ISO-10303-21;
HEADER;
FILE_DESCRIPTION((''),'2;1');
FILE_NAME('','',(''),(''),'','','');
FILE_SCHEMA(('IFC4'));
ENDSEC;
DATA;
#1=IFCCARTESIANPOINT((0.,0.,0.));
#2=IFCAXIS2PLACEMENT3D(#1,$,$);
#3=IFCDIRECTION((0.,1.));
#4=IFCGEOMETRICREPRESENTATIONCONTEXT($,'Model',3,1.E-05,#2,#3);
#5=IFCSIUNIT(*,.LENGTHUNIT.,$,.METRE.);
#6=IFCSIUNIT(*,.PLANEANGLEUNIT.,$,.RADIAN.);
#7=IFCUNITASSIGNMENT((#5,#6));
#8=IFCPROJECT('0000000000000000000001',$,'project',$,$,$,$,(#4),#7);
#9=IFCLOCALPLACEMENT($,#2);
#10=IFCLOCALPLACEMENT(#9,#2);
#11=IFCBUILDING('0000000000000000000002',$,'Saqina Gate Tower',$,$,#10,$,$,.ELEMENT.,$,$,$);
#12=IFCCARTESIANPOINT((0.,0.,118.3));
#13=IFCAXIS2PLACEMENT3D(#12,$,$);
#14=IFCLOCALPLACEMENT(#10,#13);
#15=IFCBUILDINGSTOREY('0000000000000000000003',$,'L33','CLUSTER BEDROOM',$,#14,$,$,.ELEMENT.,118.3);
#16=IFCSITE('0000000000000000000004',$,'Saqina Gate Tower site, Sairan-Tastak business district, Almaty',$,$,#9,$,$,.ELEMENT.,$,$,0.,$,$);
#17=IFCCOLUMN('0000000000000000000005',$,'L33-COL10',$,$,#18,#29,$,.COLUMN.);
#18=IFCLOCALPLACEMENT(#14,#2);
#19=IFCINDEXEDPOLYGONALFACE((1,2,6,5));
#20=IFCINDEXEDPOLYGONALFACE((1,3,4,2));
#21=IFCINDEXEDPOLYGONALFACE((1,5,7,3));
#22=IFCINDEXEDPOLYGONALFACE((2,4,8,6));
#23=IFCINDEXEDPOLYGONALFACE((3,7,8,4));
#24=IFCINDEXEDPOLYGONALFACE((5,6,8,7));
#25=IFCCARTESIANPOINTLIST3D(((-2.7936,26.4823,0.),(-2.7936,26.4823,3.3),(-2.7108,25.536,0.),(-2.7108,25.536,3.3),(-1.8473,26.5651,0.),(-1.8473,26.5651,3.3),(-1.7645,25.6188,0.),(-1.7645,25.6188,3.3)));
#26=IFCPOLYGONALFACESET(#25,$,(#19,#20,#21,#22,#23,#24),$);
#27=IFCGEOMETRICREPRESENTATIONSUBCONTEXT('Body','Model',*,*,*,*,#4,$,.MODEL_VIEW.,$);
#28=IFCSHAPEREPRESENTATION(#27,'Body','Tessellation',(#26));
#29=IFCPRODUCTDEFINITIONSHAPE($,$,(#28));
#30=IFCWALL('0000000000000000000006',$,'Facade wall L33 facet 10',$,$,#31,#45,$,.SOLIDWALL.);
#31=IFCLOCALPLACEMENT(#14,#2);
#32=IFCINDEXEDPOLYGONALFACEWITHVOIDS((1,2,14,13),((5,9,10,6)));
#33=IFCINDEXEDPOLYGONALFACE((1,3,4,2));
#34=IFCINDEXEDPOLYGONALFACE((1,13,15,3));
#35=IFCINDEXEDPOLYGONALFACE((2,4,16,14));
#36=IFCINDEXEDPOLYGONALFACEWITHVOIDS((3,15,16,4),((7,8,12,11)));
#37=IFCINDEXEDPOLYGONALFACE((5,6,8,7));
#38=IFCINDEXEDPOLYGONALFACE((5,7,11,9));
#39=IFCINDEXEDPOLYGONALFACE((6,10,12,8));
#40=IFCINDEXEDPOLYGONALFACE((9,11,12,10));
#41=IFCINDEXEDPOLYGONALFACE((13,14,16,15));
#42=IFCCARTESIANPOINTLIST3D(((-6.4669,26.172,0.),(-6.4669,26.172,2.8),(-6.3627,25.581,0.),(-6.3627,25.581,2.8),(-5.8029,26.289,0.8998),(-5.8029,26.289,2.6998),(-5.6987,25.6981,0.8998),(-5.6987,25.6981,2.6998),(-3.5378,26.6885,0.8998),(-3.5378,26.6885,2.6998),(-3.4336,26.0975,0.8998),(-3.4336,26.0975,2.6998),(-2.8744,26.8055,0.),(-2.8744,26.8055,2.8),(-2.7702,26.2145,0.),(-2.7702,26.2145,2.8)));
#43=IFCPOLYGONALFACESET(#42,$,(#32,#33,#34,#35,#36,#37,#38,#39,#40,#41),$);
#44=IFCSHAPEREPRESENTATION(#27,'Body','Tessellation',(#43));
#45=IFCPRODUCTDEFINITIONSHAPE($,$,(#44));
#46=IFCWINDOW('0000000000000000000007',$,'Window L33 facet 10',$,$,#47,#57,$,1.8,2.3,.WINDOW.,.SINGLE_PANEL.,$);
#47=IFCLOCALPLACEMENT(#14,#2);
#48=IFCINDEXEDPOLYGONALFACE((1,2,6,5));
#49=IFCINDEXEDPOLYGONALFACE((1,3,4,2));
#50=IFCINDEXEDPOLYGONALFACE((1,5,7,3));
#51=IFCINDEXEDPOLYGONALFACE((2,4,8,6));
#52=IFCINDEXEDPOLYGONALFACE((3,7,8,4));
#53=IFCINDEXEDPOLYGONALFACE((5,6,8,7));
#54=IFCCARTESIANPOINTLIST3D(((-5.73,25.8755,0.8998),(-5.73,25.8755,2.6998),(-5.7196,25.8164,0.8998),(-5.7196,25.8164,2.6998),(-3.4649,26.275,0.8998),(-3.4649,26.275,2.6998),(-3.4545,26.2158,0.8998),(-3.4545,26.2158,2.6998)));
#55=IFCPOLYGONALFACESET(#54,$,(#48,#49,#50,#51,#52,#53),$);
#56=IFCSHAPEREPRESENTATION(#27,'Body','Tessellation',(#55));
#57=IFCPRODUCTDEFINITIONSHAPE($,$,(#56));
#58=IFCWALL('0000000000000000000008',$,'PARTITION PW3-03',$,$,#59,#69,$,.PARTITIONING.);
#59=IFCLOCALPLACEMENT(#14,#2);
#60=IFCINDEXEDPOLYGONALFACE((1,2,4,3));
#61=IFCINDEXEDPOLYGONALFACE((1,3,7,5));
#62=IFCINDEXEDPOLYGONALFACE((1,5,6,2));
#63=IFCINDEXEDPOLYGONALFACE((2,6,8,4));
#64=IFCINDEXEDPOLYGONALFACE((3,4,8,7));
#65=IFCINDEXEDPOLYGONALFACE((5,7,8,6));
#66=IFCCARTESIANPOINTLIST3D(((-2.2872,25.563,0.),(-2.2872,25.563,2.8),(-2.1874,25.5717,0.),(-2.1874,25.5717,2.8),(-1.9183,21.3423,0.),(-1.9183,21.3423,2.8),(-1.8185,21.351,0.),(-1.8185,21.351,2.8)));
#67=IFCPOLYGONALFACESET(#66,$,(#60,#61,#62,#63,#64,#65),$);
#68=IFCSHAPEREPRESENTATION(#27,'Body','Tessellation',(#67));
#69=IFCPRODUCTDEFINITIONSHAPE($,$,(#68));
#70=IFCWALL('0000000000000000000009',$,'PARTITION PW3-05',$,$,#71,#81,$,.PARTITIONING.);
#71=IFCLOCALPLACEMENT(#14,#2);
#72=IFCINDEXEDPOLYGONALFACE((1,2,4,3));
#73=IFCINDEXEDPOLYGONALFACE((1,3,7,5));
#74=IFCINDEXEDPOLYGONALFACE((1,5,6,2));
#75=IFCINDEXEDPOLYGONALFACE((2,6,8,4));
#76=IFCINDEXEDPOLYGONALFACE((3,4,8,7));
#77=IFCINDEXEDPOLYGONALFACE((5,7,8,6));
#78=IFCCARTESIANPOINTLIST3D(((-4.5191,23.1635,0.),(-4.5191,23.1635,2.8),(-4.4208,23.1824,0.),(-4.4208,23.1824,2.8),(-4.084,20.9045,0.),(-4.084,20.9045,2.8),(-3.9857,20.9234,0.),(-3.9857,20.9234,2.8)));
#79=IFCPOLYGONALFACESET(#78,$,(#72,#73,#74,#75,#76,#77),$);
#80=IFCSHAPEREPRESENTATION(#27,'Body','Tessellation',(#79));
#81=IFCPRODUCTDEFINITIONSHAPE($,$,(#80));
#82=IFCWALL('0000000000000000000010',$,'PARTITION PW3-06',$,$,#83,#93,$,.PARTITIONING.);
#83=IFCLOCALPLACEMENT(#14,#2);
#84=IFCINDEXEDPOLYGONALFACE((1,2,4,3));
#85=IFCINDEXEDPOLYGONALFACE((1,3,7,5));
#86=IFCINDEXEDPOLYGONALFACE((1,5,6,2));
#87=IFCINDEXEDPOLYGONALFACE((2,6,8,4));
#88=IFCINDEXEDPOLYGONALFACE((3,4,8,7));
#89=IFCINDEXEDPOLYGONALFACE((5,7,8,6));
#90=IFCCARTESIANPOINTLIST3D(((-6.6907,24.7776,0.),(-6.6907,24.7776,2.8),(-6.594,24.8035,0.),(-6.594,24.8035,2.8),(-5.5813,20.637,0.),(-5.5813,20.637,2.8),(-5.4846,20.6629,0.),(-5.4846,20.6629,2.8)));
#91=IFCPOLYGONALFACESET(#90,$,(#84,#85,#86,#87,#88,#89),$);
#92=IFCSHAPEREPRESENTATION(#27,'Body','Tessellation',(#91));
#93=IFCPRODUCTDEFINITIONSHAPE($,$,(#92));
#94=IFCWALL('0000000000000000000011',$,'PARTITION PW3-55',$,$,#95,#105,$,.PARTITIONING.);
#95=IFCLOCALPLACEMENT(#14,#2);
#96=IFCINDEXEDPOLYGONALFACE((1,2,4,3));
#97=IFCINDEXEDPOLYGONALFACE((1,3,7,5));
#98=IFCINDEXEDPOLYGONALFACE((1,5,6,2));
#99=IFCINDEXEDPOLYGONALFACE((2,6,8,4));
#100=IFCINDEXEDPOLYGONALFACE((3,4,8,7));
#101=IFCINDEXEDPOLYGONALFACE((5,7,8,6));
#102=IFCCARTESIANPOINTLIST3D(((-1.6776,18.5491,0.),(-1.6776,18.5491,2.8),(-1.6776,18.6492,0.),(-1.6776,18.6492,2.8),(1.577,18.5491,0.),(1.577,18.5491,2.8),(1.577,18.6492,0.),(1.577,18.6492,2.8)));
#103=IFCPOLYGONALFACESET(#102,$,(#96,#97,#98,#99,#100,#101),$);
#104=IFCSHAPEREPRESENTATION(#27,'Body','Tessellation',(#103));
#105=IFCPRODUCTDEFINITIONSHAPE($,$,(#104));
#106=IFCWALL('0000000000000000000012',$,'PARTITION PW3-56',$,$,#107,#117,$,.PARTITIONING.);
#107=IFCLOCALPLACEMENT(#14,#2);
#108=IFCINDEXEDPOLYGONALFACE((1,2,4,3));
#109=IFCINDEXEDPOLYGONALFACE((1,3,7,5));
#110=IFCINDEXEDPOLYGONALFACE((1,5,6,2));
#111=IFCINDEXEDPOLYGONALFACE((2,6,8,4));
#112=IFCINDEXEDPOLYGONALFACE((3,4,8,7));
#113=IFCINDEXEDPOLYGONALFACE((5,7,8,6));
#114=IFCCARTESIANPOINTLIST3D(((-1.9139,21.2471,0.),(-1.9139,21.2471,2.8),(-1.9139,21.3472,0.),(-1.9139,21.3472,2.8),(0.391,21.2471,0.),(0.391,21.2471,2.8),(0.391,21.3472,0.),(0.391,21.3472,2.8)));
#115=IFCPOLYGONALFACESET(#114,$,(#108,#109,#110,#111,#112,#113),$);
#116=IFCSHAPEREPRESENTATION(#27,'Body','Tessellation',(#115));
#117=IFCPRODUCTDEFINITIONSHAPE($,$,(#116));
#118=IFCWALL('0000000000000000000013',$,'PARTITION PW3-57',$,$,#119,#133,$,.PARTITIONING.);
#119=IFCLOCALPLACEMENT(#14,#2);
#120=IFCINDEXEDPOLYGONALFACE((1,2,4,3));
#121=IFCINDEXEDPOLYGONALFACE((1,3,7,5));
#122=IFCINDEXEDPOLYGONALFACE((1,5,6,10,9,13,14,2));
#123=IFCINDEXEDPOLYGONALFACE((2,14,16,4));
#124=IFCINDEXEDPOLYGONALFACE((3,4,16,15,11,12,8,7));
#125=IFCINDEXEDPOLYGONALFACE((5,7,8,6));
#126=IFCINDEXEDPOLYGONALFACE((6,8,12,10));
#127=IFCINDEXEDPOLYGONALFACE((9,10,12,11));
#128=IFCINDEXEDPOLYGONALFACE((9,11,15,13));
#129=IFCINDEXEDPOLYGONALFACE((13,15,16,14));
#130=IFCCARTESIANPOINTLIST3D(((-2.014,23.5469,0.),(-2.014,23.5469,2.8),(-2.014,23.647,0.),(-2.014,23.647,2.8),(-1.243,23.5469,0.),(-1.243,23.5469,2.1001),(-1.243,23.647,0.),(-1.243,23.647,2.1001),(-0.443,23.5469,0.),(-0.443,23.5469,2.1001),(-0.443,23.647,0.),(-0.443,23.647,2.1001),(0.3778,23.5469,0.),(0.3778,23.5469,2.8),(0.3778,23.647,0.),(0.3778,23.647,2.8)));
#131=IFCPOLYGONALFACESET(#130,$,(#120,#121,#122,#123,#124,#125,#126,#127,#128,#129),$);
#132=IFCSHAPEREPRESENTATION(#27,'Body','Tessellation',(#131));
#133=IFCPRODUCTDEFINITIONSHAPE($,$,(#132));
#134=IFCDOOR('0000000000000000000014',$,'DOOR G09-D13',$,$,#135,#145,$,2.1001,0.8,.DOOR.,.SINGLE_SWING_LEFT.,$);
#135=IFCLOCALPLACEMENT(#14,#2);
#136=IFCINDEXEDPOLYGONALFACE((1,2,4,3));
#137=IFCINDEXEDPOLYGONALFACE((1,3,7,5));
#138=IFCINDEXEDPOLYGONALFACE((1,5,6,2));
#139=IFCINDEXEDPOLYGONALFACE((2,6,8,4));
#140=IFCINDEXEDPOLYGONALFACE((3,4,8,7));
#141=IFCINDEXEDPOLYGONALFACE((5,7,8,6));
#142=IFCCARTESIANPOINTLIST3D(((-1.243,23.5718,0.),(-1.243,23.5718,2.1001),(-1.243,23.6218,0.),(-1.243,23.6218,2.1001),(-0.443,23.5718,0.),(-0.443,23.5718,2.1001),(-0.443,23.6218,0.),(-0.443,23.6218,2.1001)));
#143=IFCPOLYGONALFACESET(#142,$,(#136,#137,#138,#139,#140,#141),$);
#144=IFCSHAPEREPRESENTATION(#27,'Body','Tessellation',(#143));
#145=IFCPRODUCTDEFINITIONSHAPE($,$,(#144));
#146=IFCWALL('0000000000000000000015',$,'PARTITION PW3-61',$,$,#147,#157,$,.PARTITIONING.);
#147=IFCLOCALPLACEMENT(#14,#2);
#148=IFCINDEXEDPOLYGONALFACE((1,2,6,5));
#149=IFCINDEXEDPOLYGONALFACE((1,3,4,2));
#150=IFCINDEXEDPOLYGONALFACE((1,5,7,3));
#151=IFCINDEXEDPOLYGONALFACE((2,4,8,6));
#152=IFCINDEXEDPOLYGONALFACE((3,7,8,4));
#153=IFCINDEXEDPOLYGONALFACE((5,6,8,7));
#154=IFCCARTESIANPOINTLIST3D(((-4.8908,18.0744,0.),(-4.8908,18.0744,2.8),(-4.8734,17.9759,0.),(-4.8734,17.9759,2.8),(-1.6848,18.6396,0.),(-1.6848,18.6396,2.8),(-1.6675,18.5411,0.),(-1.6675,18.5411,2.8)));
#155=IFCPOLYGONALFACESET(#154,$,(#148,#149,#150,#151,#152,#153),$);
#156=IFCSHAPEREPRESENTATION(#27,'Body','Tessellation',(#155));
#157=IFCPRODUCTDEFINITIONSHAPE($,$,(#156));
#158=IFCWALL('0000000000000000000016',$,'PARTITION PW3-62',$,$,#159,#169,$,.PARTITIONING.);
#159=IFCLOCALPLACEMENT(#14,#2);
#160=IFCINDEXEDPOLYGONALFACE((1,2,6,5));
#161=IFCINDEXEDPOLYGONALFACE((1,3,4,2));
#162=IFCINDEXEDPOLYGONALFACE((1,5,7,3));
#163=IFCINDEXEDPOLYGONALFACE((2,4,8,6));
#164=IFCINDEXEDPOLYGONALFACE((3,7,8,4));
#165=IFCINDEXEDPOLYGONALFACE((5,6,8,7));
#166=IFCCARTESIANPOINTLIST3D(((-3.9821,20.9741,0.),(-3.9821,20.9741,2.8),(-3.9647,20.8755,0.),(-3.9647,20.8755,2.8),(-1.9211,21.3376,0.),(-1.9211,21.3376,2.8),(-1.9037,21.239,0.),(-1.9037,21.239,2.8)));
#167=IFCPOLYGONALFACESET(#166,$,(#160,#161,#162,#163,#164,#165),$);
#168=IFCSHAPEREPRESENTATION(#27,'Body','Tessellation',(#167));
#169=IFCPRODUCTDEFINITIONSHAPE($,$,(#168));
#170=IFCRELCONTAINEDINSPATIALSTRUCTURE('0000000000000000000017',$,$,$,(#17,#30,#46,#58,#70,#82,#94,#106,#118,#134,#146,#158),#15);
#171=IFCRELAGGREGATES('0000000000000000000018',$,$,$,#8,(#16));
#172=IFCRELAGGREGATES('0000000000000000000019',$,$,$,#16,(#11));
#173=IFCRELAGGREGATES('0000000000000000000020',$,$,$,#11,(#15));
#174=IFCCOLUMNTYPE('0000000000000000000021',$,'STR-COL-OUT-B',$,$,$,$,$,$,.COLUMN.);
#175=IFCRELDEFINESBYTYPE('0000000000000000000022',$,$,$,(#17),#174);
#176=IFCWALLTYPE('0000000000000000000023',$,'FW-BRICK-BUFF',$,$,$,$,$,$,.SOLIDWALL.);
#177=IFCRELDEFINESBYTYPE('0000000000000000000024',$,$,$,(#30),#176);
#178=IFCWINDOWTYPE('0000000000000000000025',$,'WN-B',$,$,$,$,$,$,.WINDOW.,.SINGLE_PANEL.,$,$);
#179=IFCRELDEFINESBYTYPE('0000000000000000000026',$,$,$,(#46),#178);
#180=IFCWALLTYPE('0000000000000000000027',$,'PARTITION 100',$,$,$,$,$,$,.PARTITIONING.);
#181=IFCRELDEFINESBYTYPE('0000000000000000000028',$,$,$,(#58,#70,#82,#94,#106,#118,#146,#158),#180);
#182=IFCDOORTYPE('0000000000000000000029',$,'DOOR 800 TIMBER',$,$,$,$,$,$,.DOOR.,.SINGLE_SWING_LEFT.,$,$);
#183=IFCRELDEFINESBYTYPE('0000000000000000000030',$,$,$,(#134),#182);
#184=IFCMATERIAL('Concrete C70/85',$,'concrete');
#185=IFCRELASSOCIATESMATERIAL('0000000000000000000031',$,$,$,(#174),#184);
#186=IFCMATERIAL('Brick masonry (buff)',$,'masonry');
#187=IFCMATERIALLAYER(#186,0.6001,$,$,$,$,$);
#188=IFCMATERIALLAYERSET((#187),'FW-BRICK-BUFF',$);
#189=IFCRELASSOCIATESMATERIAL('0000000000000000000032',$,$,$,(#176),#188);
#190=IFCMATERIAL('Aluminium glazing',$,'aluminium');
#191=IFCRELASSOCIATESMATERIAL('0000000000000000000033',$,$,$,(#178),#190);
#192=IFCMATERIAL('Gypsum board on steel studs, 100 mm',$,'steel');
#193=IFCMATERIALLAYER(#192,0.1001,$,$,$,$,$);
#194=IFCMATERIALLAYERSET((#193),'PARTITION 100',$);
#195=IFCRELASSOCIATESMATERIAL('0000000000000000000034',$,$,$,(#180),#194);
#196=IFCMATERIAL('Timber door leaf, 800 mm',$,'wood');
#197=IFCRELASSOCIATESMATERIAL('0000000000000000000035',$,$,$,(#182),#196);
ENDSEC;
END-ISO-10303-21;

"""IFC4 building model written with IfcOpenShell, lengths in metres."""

from ifc_helpers import new_model, si_unit, direction, frame, frame_2d, origin, origin_2d, place, context, subcontext, project, spatial, rectangle, extrude, material, layer, layer_set, material_profile, profile_set, type_object, element, fill, save


model = new_model("IFC4")

# Units and contexts
model_context = context("Model", 3, precision=1e-05, world=origin(), true_north=direction((0.0, 1.0)))
body_context = subcontext(model_context, "Body", "Model", "MODEL_VIEW")
ifc_project = project(units=[si_unit("LENGTHUNIT", "METRE"), si_unit("PLANEANGLEUNIT", "RADIAN")], contexts=[model_context])

# Site, building, storey
site_placement = place(None, origin())
site = spatial("IfcSite", under=ifc_project, at=site_placement, Name="Saqina Gate Tower site, Sairan-Tastak business district, Almaty", CompositionType="ELEMENT", RefElevation=0.0)
building_placement = place(site_placement, origin())
building = spatial("IfcBuilding", under=site, at=building_placement, Name="Saqina Gate Tower", CompositionType="ELEMENT")
storey_placement = place(building_placement, frame((0.0, 0.0, 118.3)))
storey = spatial("IfcBuildingStorey", under=building, at=storey_placement, Name="L33", Description="CLUSTER BEDROOM", CompositionType="ELEMENT", Elevation=118.3)

# Column
ifc_material_1 = material(Name="Concrete C70/85", Category="concrete")
ifc_material_profile = material_profile(ifc_material_1, rectangle(XDim=0.95, YDim=0.95, at=origin_2d()), Name="RC 950x950")
ifc_profile_set = profile_set([ifc_material_profile], Name="Concrete C70/85")
column_type = type_object("IfcColumnType", Name="STR-COL-OUT-B", PredefinedType="COLUMN", material=ifc_profile_set)
column_placement = place(storey_placement, frame((-2.2791, 26.0505, 0.0), z_axis=(0.0, 0.0, 1.0), x_axis=(-0.087156, 0.996195, 0.0)))
element("IfcColumn", 1, at=column_placement, inside=storey, type_object=column_type, Name="L33-COL10", PredefinedType="COLUMN", context=body_context, shape_type="SweptSolid", body=[
    extrude(rectangle(XDim=0.95, YDim=0.95, at=origin_2d()), origin(), (0.0, 0.0, 1.0), 3.3),
])

# Wall, opening, window
ifc_material_2 = material(Name="Brick masonry (buff)", Category="masonry")
ifc_layer_1 = layer(ifc_material_2, 0.6001)
ifc_layer_set_1 = layer_set([ifc_layer_1], Name="FW-BRICK-BUFF")
wall_type_1 = type_object("IfcWallType", Name="FW-BRICK-BUFF", PredefinedType="SOLIDWALL", material=ifc_layer_set_1)
wall_1_placement = place(storey_placement, frame((-2.8223, 26.51, 0.0), z_axis=(0.0, 0.0, 1.0), x_axis=(-0.984804, -0.173671, 0.0)))
wall_1 = element("IfcWall", 2, at=wall_1_placement, inside=storey, type_object=wall_type_1, Name="Facade wall L33 facet 10", PredefinedType="SOLIDWALL", context=body_context, shape_type="SweptSolid", body=[
    extrude(rectangle(XDim=3.6479, YDim=0.6001, at=frame_2d((1.824, 0.0))), origin(), (0.0, 0.0, 1.0), 2.8),
])
opening_1_placement = place(wall_1_placement, frame((0.6738, 0.0, 0.8999)))
opening_1 = element("IfcOpeningElement", 3, at=opening_1_placement, cuts=wall_1, PredefinedType="OPENING", context=body_context, shape_type="SweptSolid", body=[
    extrude(rectangle(XDim=2.3, YDim=1.8, at=frame_2d((1.1499, 0.8999))), frame((0.0, 0.312, 0.0), z_axis=(0.0, -1.0, 0.0), x_axis=(1.0, 0.0, 0.0)), (0.0, 0.0, 1.0), 0.624),
])
ifc_material_3 = material(Name="Aluminium glazing", Category="aluminium")
window_type = type_object("IfcWindowType", Name="WN-B", PartitioningType="SINGLE_PANEL", PredefinedType="WINDOW", material=ifc_material_3)
window_placement = place(opening_1_placement, origin())
window = element("IfcWindow", 4, at=window_placement, inside=storey, type_object=window_type, Name="Window L33 facet 10", OverallHeight=1.8, OverallWidth=2.3, PartitioningType="SINGLE_PANEL", PredefinedType="WINDOW", context=body_context, shape_type="SweptSolid", body=[
    extrude(rectangle(XDim=2.3, YDim=1.8, at=frame_2d((1.1499, 0.8999))), frame((0.0, 0.1799, 0.0), z_axis=(0.0, -1.0, 0.0), x_axis=(1.0, 0.0, 0.0)), (0.0, 0.0, 1.0), 0.0601),
])
fill(opening_1, window)

# Walls
ifc_material_4 = material(Name="Gypsum board on steel studs, 100 mm", Category="steel")
ifc_layer_2 = layer(ifc_material_4, 0.1001)
ifc_layer_set_2 = layer_set([ifc_layer_2], Name="PARTITION 100")
wall_type_2 = type_object("IfcWallType", Name="PARTITION 100", PredefinedType="PARTITIONING", material=ifc_layer_set_2)
wall_2_placement = place(storey_placement, frame((-2.2373, 25.5674, 0.0), z_axis=(0.0, 0.0, 1.0), x_axis=(0.08707, -0.996202, 0.0)))
element("IfcWall", 5, at=wall_2_placement, inside=storey, type_object=wall_type_2, Name="PARTITION PW3-03", PredefinedType="PARTITIONING", context=body_context, shape_type="SweptSolid", body=[
    extrude(rectangle(XDim=4.2368, YDim=0.1001, at=frame_2d((2.1184, 0.0))), origin(), (0.0, 0.0, 1.0), 2.8),
])
wall_3_placement = place(storey_placement, frame((-4.47, 23.1731, 0.0), z_axis=(0.0, 0.0, 1.0), x_axis=(0.189111, -0.981956, 0.0)))
element("IfcWall", 6, at=wall_3_placement, inside=storey, type_object=wall_type_2, Name="PARTITION PW3-05", PredefinedType="PARTITIONING", context=body_context, shape_type="SweptSolid", body=[
    extrude(rectangle(XDim=2.3005, YDim=0.1001, at=frame_2d((1.1504, 0.0))), origin(), (0.0, 0.0, 1.0), 2.8),
])
wall_4_placement = place(storey_placement, frame((-6.6423, 24.7905, 0.0), z_axis=(0.0, 0.0, 1.0), x_axis=(0.258797, -0.965932, 0.0)))
element("IfcWall", 7, at=wall_4_placement, inside=storey, type_object=wall_type_2, Name="PARTITION PW3-06", PredefinedType="PARTITIONING", context=body_context, shape_type="SweptSolid", body=[
    extrude(rectangle(XDim=4.2866, YDim=0.1001, at=frame_2d((2.1433, 0.0))), origin(), (0.0, 0.0, 1.0), 2.8),
])
wall_5_placement = place(storey_placement, frame((-1.6777, 18.5991, 0.0), z_axis=(0.0, 0.0, 1.0), x_axis=(1.0, 0.0, 0.0)))
element("IfcWall", 8, at=wall_5_placement, inside=storey, type_object=wall_type_2, Name="PARTITION PW3-55", PredefinedType="PARTITIONING", context=body_context, shape_type="SweptSolid", body=[
    extrude(rectangle(XDim=3.2546, YDim=0.1001, at=frame_2d((1.6274, 0.0))), origin(), (0.0, 0.0, 1.0), 2.8),
])
wall_6_placement = place(storey_placement, frame((-1.9138, 21.2971, 0.0), z_axis=(0.0, 0.0, 1.0), x_axis=(1.0, 0.0, 0.0)))
element("IfcWall", 9, at=wall_6_placement, inside=storey, type_object=wall_type_2, Name="PARTITION PW3-56", PredefinedType="PARTITIONING", context=body_context, shape_type="SweptSolid", body=[
    extrude(rectangle(XDim=2.3049, YDim=0.1001, at=frame_2d((1.1523, 0.0))), origin(), (0.0, 0.0, 1.0), 2.8),
])

# Wall, opening, door
wall_7_placement = place(storey_placement, frame((-2.0139, 23.5969, 0.0), z_axis=(0.0, 0.0, 1.0), x_axis=(1.0, 0.0, 0.0)))
wall_7 = element("IfcWall", 10, at=wall_7_placement, inside=storey, type_object=wall_type_2, Name="PARTITION PW3-57", PredefinedType="PARTITIONING", context=body_context, shape_type="SweptSolid", body=[
    extrude(rectangle(XDim=2.3918, YDim=0.1001, at=frame_2d((1.1958, 0.0))), origin(), (0.0, 0.0, 1.0), 2.8),
])
opening_2_placement = place(wall_7_placement, frame((0.771, 0.0, 0.0)))
opening_2 = element("IfcOpeningElement", 11, at=opening_2_placement, cuts=wall_7, PredefinedType="OPENING", context=body_context, shape_type="SweptSolid", body=[
    extrude(rectangle(XDim=0.8, YDim=2.1001, at=frame_2d((0.3999, 1.05))), frame((0.0, 0.062, 0.0), z_axis=(0.0, -1.0, 0.0), x_axis=(1.0, 0.0, 0.0)), (0.0, 0.0, 1.0), 0.124),
])
ifc_material_5 = material(Name="Timber door leaf, 800 mm", Category="wood")
door_type_1 = type_object("IfcDoorType", Name="DOOR 800 TIMBER", OperationType="SINGLE_SWING_LEFT", PredefinedType="DOOR", material=ifc_material_5)
door_1_placement = place(opening_2_placement, origin())
door_1 = element("IfcDoor", 12, at=door_1_placement, inside=storey, type_object=door_type_1, Name="DOOR G09-D13", OperationType="SINGLE_SWING_LEFT", OverallHeight=2.1001, OverallWidth=0.8, PredefinedType="DOOR", context=body_context, shape_type="SweptSolid", body=[
    extrude(rectangle(XDim=0.8, YDim=2.1001, at=frame_2d((0.3999, 1.05))), frame((0.0, 0.0249, 0.0), z_axis=(0.0, -1.0, 0.0), x_axis=(1.0, 0.0, 0.0)), (0.0, 0.0, 1.0), 0.05),
])
fill(opening_2, door_1)

# Walls
wall_8_placement = place(storey_placement, frame((-4.8821, 18.0251, 0.0), z_axis=(0.0, 0.0, 1.0), x_axis=(0.984812, 0.173623, 0.0)))
element("IfcWall", 13, at=wall_8_placement, inside=storey, type_object=wall_type_2, Name="PARTITION PW3-61", PredefinedType="PARTITIONING", context=body_context, shape_type="SweptSolid", body=[
    extrude(rectangle(XDim=3.2554, YDim=0.1001, at=frame_2d((1.6277, 0.0))), origin(), (0.0, 0.0, 1.0), 2.8),
])
wall_9_placement = place(storey_placement, frame((-3.9734, 20.9248, 0.0), z_axis=(0.0, 0.0, 1.0), x_axis=(0.984799, 0.173699, 0.0)))
element("IfcWall", 14, at=wall_9_placement, inside=storey, type_object=wall_type_2, Name="PARTITION PW3-62", PredefinedType="PARTITIONING", context=body_context, shape_type="SweptSolid", body=[
    extrude(rectangle(XDim=2.0928, YDim=0.1001, at=frame_2d((1.0464, 0.0))), origin(), (0.0, 0.0, 1.0), 2.8),
])

save(model, "model.ifc")
